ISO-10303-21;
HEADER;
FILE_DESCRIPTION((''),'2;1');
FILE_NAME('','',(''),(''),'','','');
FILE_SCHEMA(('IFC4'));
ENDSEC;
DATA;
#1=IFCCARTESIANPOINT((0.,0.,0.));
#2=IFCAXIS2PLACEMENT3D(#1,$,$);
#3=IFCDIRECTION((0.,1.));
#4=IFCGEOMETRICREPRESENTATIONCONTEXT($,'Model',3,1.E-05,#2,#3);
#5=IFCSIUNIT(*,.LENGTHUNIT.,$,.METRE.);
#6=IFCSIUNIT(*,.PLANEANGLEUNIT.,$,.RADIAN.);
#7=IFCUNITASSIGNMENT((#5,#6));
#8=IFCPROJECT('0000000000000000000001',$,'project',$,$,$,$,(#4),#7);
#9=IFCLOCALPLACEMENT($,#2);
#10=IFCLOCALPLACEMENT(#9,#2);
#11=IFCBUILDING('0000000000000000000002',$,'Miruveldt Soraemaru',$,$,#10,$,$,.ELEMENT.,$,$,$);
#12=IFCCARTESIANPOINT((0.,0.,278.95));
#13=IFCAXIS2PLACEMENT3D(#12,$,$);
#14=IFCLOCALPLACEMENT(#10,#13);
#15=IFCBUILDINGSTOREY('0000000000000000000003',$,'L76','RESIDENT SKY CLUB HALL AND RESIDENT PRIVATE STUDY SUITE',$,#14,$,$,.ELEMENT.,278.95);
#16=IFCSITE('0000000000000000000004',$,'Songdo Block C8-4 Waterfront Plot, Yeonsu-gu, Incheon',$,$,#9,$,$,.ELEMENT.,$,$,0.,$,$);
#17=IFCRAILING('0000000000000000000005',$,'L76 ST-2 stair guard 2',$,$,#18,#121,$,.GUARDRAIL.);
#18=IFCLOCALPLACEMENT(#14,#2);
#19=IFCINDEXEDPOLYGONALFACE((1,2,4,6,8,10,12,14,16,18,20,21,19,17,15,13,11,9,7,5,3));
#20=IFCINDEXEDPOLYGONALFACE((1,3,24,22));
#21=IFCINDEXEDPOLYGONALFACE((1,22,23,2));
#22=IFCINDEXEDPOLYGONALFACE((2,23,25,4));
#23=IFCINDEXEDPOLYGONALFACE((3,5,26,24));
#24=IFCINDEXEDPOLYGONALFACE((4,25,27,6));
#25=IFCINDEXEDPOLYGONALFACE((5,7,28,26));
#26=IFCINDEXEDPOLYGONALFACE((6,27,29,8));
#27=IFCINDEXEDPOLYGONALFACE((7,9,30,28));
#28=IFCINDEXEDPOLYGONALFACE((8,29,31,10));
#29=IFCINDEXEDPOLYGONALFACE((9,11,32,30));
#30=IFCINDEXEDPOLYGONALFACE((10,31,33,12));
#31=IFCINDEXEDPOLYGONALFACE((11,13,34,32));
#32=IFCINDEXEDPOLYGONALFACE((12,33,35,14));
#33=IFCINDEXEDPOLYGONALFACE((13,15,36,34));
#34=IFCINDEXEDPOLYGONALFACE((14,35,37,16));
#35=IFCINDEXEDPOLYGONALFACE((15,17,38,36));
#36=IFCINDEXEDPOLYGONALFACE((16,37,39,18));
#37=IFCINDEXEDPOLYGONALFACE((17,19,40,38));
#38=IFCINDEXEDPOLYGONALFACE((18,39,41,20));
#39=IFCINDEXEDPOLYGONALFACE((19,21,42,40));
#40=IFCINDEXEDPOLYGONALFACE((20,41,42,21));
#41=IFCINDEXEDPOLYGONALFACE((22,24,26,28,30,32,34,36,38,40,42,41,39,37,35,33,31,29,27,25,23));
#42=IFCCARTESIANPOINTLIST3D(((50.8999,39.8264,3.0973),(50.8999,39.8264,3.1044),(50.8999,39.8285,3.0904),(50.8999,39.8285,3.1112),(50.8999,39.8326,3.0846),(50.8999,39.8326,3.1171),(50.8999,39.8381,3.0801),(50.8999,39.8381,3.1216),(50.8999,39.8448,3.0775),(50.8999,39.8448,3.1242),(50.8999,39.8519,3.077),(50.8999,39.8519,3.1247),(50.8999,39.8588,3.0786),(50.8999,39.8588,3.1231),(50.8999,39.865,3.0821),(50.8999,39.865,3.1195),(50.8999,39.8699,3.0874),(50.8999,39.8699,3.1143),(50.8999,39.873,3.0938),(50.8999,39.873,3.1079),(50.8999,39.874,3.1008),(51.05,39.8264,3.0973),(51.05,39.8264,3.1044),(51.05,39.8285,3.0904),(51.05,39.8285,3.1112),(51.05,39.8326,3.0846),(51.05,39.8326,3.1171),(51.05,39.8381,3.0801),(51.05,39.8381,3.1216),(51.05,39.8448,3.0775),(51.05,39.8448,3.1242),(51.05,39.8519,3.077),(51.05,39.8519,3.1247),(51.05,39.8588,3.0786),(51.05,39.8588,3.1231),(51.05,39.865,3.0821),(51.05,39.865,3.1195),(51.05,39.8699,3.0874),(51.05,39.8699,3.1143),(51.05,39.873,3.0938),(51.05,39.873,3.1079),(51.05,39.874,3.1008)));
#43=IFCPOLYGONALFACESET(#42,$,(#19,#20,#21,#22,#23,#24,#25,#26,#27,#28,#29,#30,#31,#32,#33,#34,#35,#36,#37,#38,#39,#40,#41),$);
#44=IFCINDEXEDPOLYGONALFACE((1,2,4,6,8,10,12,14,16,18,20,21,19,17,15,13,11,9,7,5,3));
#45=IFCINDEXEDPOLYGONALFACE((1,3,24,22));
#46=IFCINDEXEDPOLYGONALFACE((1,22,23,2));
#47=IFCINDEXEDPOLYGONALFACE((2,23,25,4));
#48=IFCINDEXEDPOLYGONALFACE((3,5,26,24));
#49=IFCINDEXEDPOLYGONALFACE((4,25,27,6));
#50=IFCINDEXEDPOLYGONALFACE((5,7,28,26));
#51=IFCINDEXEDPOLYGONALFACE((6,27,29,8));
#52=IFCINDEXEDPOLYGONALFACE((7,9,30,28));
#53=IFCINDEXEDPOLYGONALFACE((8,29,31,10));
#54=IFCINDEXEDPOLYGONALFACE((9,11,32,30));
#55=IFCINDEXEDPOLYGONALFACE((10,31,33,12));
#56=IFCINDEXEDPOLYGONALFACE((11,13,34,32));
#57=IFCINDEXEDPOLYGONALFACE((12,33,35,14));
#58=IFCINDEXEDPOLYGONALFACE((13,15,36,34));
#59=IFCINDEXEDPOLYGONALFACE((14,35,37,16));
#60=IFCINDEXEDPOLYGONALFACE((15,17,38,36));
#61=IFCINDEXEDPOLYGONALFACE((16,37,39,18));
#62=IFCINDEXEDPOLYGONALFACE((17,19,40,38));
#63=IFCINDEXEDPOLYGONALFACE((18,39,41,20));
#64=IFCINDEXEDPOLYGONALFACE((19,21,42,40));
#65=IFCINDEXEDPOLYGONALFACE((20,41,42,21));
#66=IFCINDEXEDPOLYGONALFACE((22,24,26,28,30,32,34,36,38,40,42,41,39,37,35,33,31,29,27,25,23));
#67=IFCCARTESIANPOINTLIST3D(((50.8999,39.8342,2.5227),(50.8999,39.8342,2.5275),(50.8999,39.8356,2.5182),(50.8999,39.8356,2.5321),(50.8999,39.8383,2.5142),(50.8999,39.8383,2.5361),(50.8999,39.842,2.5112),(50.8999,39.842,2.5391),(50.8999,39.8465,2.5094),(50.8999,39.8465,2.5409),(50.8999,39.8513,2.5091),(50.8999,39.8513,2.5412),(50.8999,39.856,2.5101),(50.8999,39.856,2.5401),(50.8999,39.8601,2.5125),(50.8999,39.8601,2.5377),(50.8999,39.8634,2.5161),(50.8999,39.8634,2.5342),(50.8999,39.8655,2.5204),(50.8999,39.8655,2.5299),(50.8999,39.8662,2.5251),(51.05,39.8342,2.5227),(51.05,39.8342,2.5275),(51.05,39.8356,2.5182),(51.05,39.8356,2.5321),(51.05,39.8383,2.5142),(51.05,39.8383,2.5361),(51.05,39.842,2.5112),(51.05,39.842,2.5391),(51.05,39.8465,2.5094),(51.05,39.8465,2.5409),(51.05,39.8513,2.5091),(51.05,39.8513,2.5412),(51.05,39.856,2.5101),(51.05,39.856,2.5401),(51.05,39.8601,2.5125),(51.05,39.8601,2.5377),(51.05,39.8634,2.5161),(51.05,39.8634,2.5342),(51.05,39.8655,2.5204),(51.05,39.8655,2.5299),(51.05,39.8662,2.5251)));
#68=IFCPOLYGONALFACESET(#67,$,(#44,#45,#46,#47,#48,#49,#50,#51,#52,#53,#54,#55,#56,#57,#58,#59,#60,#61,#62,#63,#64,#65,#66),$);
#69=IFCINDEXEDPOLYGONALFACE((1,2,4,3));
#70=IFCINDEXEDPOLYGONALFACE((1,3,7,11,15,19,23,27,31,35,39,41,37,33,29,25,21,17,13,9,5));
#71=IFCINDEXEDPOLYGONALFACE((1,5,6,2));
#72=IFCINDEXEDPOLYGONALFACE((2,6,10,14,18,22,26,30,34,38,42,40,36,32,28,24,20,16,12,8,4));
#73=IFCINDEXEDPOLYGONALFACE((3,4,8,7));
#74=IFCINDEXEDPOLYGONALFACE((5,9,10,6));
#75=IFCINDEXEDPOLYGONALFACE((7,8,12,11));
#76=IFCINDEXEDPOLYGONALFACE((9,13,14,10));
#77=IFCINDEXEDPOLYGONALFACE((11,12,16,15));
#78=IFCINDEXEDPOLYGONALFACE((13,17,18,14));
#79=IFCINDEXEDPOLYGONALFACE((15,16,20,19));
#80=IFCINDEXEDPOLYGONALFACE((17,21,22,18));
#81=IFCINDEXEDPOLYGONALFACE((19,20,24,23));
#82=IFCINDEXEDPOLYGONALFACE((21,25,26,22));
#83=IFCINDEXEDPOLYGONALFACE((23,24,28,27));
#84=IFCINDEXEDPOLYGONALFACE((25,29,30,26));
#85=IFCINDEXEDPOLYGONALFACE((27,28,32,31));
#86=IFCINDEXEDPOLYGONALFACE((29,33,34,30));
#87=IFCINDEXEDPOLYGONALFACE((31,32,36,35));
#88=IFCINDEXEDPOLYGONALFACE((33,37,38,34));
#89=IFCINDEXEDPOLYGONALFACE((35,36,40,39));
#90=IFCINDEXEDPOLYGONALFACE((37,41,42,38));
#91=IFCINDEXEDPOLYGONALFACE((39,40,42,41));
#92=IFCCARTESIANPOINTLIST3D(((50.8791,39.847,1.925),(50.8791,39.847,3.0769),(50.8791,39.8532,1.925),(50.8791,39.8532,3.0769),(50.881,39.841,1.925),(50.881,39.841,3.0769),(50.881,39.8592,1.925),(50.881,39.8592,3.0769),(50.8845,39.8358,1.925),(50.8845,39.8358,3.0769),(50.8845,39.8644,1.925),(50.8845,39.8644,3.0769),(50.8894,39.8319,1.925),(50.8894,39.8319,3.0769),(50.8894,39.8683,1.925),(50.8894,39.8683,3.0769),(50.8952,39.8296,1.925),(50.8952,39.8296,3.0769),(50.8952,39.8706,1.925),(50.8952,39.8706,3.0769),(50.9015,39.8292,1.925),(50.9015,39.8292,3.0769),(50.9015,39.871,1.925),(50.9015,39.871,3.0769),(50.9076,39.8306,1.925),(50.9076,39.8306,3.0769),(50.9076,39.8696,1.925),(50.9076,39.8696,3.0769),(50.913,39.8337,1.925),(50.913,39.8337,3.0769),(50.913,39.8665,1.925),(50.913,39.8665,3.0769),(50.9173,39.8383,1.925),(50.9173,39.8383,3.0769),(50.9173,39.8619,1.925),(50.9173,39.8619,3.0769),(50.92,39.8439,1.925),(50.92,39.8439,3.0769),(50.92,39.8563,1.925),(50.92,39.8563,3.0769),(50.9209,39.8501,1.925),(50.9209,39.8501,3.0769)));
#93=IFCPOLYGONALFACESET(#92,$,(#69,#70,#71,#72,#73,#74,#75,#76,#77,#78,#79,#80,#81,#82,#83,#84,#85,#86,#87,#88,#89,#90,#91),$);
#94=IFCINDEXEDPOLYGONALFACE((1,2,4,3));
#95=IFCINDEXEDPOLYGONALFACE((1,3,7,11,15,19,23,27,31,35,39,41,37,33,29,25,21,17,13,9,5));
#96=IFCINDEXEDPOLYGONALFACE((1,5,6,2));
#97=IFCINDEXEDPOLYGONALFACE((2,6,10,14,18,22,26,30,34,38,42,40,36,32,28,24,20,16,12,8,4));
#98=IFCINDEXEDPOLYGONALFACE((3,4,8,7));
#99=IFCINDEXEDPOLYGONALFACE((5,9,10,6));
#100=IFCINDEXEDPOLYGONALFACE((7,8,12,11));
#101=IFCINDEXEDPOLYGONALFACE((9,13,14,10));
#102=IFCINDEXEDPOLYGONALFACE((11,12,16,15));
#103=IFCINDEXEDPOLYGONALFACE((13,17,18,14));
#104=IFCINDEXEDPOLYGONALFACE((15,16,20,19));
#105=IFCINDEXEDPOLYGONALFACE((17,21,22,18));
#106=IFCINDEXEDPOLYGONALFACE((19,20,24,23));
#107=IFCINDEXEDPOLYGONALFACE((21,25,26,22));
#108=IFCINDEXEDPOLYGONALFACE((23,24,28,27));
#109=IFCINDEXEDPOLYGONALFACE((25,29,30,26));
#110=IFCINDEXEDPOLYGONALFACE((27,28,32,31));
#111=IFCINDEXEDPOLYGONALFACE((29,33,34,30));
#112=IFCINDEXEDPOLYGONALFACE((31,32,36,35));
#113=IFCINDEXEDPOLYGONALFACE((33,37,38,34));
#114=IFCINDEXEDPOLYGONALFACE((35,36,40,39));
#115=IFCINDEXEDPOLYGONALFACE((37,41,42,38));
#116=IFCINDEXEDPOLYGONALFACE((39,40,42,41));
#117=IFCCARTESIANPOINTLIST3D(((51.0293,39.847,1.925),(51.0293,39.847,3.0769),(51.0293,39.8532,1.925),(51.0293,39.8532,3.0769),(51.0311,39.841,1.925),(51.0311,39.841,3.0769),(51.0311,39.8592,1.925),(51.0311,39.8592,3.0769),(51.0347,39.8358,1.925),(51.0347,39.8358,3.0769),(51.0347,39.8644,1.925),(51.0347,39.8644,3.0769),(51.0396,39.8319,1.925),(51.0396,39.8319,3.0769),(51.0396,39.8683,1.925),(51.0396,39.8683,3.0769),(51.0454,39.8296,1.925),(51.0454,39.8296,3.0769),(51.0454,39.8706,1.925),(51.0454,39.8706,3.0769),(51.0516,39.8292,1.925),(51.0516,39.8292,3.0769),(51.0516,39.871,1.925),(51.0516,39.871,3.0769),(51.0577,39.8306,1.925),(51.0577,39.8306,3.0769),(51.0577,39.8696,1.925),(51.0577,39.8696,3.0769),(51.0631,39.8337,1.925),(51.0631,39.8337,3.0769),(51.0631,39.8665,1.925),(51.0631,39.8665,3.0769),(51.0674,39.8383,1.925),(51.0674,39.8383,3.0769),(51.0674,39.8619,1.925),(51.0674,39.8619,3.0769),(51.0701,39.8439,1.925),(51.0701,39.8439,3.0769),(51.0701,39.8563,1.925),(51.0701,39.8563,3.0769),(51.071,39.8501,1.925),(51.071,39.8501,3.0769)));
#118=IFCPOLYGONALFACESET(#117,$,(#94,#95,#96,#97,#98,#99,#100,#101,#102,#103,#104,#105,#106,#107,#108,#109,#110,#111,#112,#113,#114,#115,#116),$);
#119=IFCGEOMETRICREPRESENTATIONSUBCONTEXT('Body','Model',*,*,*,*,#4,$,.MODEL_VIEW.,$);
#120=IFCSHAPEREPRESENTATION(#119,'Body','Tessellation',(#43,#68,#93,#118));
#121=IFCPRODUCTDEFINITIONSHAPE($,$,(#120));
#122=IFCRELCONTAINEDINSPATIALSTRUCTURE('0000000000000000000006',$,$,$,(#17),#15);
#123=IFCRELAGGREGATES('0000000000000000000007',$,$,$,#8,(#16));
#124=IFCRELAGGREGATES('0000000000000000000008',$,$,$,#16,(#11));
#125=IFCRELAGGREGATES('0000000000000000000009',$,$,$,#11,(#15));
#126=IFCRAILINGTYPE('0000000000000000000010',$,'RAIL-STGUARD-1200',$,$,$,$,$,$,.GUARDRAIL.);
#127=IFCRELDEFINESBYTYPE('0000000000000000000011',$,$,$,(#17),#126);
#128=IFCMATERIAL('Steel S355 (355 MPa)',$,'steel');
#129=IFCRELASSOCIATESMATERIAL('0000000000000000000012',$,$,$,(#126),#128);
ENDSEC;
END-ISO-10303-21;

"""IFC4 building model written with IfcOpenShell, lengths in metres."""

from ifc_helpers import new_model, si_unit, direction, frame, origin, origin_2d, place, context, subcontext, project, spatial, circle, extrude, material, type_object, element, save


model = new_model("IFC4")

# Units and contexts
model_context = context("Model", 3, precision=1e-05, world=origin(), true_north=direction((0.0, 1.0)))
body_context = subcontext(model_context, "Body", "Model", "MODEL_VIEW")
ifc_project = project(units=[si_unit("LENGTHUNIT", "METRE"), si_unit("PLANEANGLEUNIT", "RADIAN")], contexts=[model_context])

# Site, building, storey
site_placement = place(None, origin())
site = spatial("IfcSite", under=ifc_project, at=site_placement, Name="Songdo Block C8-4 Waterfront Plot, Yeonsu-gu, Incheon", CompositionType="ELEMENT", RefElevation=0.0)
building_placement = place(site_placement, origin())
building = spatial("IfcBuilding", under=site, at=building_placement, Name="Miruveldt Soraemaru", CompositionType="ELEMENT")
storey_placement = place(building_placement, frame((0.0, 0.0, 278.95)))
storey = spatial("IfcBuildingStorey", under=building, at=storey_placement, Name="L76", Description="RESIDENT SKY CLUB HALL AND RESIDENT PRIVATE STUDY SUITE", CompositionType="ELEMENT", Elevation=278.95)

# Railing
ifc_material_1 = material(Name="Steel S355 (355 MPa)", Category="steel")
railing_type = type_object("IfcRailingType", Name="RAIL-STGUARD-1200", PredefinedType="GUARDRAIL", material=ifc_material_1)
railing_placement = place(storey_placement, frame((50.8999, 39.8501, 1.925)))
element("IfcRailing", 1, at=railing_placement, inside=storey, type_object=railing_type, Name="L76 ST-2 stair guard 2", PredefinedType="GUARDRAIL", context=body_context, shape_type="SweptSolid", body=[
    extrude(circle(Radius=0.0239, at=origin_2d()), frame((0.0, 0.0, 1.1758), z_axis=(1.0, 0.0, 0.0), x_axis=(0.0, 1.0, 0.0)), (0.0, 0.0, 1.0), 0.1501),
    extrude(circle(Radius=0.0161, at=origin_2d()), frame((0.0, 0.0, 0.6001), z_axis=(1.0, 0.0, 0.0), x_axis=(0.0, 1.0, 0.0)), (0.0, 0.0, 1.0), 0.1501),
    extrude(circle(Radius=0.021, at=origin_2d()), origin(), (0.0, 0.0, 1.0), 1.1519),
    extrude(circle(Radius=0.021, at=origin_2d()), frame((0.1501, 0.0, 0.0)), (0.0, 0.0, 1.0), 1.1519),
])

save(model, "model.ifc")
